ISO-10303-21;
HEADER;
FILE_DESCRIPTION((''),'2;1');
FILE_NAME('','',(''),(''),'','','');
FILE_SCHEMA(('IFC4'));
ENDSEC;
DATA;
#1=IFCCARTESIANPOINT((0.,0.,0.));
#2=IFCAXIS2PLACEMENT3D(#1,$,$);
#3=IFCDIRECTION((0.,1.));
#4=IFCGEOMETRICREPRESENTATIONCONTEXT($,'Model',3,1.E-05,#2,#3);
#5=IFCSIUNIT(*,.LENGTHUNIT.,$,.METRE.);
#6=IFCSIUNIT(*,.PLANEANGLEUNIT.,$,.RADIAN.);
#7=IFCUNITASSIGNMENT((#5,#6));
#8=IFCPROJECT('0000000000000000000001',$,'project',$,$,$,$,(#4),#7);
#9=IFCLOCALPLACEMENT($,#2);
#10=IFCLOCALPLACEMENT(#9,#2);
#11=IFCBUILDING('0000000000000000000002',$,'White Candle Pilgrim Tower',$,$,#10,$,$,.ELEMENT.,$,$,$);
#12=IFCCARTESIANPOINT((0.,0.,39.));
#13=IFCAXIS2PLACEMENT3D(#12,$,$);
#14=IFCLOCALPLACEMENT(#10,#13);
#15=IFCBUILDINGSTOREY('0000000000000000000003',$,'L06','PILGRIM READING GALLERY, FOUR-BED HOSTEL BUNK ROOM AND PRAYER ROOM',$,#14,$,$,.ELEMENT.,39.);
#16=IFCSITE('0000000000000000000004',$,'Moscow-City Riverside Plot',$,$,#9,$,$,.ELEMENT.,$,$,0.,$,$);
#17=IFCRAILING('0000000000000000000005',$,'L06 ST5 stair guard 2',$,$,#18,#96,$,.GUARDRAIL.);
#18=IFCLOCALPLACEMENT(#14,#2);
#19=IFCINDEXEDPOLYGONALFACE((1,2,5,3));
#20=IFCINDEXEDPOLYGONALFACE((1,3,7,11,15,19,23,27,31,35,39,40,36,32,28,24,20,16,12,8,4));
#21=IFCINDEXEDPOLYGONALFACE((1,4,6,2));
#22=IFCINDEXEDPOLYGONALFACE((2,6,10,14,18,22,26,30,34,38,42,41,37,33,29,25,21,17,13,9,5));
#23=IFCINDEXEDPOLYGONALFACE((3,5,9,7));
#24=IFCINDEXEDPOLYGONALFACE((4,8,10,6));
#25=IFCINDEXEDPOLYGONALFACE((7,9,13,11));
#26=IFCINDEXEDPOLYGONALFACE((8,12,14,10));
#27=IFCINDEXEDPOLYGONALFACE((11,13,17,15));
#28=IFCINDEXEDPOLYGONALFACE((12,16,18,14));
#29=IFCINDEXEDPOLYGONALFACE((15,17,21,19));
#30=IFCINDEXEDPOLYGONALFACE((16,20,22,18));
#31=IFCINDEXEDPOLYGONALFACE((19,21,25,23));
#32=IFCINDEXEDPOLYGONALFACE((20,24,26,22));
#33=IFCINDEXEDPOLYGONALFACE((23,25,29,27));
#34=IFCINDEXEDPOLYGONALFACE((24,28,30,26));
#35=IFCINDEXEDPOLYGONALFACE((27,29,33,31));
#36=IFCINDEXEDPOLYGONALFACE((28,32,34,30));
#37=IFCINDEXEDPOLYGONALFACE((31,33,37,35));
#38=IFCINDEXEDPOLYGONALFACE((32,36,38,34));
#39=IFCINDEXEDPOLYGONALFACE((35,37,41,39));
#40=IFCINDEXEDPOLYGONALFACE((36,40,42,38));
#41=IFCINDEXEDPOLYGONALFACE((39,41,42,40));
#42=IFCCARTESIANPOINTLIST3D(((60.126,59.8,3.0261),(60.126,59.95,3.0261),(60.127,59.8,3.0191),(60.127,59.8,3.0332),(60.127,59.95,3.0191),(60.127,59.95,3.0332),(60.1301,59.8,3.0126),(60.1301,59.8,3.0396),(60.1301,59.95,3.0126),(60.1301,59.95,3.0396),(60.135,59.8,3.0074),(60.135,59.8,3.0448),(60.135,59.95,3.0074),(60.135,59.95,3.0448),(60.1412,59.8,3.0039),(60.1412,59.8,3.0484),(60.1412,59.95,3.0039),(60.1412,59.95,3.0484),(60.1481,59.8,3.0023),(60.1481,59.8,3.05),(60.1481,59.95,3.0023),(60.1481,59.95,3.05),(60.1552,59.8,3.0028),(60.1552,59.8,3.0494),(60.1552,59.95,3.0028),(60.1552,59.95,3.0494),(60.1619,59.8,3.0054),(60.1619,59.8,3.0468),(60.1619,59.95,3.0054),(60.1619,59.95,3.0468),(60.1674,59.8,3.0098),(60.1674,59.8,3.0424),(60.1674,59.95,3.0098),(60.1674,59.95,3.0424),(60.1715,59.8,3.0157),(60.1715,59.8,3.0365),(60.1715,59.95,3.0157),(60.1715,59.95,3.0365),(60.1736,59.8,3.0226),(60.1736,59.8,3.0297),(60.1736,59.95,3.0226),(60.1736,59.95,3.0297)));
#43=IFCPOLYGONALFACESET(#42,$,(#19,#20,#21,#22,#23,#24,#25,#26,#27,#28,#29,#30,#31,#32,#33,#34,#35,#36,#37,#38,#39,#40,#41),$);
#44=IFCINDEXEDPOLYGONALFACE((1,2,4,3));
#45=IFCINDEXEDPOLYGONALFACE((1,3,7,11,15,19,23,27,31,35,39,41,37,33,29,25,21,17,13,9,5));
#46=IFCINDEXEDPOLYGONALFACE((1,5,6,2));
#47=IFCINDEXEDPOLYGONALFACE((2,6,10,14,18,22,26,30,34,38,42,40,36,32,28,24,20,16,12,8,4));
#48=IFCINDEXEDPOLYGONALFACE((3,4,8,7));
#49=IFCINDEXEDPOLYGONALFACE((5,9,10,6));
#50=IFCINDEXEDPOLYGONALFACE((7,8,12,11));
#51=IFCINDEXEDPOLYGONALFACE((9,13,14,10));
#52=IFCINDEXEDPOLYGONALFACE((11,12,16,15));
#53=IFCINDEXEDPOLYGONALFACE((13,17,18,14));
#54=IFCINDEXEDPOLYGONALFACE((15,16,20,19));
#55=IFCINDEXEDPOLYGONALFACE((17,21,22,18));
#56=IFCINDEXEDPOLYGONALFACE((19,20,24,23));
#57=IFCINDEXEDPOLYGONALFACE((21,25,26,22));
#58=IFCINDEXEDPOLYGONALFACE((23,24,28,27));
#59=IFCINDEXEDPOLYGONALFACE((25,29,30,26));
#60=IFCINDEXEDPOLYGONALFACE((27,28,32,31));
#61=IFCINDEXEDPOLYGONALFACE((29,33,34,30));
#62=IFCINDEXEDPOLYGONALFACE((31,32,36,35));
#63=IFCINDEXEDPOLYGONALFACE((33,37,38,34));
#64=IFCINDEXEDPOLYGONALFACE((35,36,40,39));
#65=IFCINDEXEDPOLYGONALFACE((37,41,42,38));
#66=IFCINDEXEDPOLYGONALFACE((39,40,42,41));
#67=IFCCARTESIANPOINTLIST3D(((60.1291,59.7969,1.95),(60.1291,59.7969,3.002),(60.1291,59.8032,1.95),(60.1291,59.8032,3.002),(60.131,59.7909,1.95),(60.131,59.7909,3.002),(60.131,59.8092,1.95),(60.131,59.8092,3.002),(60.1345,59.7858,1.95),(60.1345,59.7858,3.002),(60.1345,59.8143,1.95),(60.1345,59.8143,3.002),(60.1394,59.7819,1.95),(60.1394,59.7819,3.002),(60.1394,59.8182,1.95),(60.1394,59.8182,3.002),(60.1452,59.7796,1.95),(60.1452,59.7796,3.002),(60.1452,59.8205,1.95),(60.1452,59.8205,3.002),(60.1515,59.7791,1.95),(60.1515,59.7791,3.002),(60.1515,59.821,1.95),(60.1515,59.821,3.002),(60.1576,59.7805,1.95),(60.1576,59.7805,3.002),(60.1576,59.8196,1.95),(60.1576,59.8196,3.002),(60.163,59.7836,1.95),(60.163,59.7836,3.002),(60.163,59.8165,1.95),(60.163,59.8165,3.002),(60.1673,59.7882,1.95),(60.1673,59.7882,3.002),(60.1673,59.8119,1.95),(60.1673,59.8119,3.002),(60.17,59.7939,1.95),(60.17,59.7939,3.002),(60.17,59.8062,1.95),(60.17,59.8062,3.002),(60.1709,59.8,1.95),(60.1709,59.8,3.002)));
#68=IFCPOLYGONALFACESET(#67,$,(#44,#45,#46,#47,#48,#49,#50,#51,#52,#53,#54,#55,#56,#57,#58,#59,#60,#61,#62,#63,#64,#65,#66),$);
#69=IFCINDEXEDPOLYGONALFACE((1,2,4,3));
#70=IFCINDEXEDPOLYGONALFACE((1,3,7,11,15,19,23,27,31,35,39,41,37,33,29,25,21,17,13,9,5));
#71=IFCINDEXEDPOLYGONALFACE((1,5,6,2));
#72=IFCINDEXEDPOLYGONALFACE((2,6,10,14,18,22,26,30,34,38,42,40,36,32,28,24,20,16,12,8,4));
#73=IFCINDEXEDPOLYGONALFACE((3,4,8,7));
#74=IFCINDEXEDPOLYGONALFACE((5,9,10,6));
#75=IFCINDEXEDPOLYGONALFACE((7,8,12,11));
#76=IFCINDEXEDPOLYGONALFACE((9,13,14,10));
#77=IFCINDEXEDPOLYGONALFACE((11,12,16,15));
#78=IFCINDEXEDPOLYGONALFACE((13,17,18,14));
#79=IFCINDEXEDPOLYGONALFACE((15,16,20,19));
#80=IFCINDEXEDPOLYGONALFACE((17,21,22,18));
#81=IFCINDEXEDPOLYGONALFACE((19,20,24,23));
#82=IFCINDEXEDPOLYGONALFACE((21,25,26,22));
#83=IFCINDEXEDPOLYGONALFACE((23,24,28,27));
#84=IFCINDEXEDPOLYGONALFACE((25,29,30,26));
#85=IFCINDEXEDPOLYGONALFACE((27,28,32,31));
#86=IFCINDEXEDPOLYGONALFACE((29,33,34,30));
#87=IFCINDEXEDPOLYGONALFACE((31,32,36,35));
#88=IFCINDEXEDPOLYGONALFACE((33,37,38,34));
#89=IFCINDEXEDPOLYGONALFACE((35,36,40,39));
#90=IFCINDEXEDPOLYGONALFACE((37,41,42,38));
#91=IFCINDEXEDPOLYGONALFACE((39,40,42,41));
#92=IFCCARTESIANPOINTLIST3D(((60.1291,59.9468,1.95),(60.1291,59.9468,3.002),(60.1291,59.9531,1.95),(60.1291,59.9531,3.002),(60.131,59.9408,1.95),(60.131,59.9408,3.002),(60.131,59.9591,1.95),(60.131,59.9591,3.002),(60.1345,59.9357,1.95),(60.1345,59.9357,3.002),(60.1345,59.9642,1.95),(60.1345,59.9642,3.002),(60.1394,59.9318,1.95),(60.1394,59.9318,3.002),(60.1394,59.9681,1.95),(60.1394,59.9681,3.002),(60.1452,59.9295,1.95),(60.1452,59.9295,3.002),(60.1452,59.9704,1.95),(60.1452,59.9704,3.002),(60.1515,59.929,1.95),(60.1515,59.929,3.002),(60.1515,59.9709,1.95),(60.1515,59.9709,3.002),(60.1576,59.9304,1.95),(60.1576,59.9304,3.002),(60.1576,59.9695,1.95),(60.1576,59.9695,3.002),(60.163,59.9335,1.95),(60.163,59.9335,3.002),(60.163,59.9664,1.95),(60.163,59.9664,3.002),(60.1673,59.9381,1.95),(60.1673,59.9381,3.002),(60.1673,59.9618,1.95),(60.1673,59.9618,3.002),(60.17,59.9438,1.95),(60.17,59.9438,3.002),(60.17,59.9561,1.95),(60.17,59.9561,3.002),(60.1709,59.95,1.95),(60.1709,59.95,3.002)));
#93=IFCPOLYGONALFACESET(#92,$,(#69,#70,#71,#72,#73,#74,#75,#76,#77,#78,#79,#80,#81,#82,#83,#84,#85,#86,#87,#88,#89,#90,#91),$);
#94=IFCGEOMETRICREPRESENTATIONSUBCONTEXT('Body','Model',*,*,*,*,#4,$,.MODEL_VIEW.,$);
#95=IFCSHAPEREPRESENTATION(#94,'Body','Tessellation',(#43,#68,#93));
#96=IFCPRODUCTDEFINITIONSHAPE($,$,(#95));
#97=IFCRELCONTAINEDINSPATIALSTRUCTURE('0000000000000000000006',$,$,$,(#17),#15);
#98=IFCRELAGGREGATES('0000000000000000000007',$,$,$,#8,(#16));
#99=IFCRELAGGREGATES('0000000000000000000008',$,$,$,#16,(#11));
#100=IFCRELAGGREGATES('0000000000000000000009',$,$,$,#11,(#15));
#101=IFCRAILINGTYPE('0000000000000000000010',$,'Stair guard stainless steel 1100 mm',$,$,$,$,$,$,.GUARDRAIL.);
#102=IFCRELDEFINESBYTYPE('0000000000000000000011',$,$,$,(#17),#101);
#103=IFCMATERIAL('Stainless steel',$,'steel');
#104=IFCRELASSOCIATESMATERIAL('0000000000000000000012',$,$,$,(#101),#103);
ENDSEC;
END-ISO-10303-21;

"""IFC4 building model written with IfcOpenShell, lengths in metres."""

from ifc_helpers import new_model, si_unit, direction, frame, origin, origin_2d, place, context, subcontext, project, spatial, circle, extrude, material, type_object, element, save


model = new_model("IFC4")

# Units and contexts
model_context = context("Model", 3, precision=1e-05, world=origin(), true_north=direction((0.0, 1.0)))
body_context = subcontext(model_context, "Body", "Model", "MODEL_VIEW")
ifc_project = project(units=[si_unit("LENGTHUNIT", "METRE"), si_unit("PLANEANGLEUNIT", "RADIAN")], contexts=[model_context])

# Site, building, storey
site_placement = place(None, origin())
site = spatial("IfcSite", under=ifc_project, at=site_placement, Name="Moscow-City Riverside Plot", CompositionType="ELEMENT", RefElevation=0.0)
building_placement = place(site_placement, origin())
building = spatial("IfcBuilding", under=site, at=building_placement, Name="White Candle Pilgrim Tower", CompositionType="ELEMENT")
storey_placement = place(building_placement, frame((0.0, 0.0, 39.0)))
storey = spatial("IfcBuildingStorey", under=building, at=storey_placement, Name="L06", Description="PILGRIM READING GALLERY, FOUR-BED HOSTEL BUNK ROOM AND PRAYER ROOM", CompositionType="ELEMENT", Elevation=39.0)

# Railing
ifc_material_1 = material(Name="Stainless steel", Category="steel")
railing_type_1 = type_object("IfcRailingType", Name="Stair guard stainless steel 1100 mm", PredefinedType="GUARDRAIL", material=ifc_material_1)
railing_1_placement = place(storey_placement, frame((60.1499, 59.8, 1.95)))
element("IfcRailing", 1, at=railing_1_placement, inside=storey, type_object=railing_type_1, Name="L06 ST5 stair guard 2", PredefinedType="GUARDRAIL", context=body_context, shape_type="SweptSolid", body=[
    extrude(circle(Radius=0.0239, at=origin_2d()), frame((0.0, 0.0, 1.0762), z_axis=(0.0, 1.0, 0.0), x_axis=(-1.0, 0.0, 0.0)), (0.0, 0.0, 1.0), 0.1499),
    extrude(circle(Radius=0.021, at=origin_2d()), origin(), (0.0, 0.0, 1.0), 1.052),
    extrude(circle(Radius=0.021, at=origin_2d()), frame((0.0, 0.1499, 0.0)), (0.0, 0.0, 1.0), 1.052),
])

save(model, "model.ifc")
